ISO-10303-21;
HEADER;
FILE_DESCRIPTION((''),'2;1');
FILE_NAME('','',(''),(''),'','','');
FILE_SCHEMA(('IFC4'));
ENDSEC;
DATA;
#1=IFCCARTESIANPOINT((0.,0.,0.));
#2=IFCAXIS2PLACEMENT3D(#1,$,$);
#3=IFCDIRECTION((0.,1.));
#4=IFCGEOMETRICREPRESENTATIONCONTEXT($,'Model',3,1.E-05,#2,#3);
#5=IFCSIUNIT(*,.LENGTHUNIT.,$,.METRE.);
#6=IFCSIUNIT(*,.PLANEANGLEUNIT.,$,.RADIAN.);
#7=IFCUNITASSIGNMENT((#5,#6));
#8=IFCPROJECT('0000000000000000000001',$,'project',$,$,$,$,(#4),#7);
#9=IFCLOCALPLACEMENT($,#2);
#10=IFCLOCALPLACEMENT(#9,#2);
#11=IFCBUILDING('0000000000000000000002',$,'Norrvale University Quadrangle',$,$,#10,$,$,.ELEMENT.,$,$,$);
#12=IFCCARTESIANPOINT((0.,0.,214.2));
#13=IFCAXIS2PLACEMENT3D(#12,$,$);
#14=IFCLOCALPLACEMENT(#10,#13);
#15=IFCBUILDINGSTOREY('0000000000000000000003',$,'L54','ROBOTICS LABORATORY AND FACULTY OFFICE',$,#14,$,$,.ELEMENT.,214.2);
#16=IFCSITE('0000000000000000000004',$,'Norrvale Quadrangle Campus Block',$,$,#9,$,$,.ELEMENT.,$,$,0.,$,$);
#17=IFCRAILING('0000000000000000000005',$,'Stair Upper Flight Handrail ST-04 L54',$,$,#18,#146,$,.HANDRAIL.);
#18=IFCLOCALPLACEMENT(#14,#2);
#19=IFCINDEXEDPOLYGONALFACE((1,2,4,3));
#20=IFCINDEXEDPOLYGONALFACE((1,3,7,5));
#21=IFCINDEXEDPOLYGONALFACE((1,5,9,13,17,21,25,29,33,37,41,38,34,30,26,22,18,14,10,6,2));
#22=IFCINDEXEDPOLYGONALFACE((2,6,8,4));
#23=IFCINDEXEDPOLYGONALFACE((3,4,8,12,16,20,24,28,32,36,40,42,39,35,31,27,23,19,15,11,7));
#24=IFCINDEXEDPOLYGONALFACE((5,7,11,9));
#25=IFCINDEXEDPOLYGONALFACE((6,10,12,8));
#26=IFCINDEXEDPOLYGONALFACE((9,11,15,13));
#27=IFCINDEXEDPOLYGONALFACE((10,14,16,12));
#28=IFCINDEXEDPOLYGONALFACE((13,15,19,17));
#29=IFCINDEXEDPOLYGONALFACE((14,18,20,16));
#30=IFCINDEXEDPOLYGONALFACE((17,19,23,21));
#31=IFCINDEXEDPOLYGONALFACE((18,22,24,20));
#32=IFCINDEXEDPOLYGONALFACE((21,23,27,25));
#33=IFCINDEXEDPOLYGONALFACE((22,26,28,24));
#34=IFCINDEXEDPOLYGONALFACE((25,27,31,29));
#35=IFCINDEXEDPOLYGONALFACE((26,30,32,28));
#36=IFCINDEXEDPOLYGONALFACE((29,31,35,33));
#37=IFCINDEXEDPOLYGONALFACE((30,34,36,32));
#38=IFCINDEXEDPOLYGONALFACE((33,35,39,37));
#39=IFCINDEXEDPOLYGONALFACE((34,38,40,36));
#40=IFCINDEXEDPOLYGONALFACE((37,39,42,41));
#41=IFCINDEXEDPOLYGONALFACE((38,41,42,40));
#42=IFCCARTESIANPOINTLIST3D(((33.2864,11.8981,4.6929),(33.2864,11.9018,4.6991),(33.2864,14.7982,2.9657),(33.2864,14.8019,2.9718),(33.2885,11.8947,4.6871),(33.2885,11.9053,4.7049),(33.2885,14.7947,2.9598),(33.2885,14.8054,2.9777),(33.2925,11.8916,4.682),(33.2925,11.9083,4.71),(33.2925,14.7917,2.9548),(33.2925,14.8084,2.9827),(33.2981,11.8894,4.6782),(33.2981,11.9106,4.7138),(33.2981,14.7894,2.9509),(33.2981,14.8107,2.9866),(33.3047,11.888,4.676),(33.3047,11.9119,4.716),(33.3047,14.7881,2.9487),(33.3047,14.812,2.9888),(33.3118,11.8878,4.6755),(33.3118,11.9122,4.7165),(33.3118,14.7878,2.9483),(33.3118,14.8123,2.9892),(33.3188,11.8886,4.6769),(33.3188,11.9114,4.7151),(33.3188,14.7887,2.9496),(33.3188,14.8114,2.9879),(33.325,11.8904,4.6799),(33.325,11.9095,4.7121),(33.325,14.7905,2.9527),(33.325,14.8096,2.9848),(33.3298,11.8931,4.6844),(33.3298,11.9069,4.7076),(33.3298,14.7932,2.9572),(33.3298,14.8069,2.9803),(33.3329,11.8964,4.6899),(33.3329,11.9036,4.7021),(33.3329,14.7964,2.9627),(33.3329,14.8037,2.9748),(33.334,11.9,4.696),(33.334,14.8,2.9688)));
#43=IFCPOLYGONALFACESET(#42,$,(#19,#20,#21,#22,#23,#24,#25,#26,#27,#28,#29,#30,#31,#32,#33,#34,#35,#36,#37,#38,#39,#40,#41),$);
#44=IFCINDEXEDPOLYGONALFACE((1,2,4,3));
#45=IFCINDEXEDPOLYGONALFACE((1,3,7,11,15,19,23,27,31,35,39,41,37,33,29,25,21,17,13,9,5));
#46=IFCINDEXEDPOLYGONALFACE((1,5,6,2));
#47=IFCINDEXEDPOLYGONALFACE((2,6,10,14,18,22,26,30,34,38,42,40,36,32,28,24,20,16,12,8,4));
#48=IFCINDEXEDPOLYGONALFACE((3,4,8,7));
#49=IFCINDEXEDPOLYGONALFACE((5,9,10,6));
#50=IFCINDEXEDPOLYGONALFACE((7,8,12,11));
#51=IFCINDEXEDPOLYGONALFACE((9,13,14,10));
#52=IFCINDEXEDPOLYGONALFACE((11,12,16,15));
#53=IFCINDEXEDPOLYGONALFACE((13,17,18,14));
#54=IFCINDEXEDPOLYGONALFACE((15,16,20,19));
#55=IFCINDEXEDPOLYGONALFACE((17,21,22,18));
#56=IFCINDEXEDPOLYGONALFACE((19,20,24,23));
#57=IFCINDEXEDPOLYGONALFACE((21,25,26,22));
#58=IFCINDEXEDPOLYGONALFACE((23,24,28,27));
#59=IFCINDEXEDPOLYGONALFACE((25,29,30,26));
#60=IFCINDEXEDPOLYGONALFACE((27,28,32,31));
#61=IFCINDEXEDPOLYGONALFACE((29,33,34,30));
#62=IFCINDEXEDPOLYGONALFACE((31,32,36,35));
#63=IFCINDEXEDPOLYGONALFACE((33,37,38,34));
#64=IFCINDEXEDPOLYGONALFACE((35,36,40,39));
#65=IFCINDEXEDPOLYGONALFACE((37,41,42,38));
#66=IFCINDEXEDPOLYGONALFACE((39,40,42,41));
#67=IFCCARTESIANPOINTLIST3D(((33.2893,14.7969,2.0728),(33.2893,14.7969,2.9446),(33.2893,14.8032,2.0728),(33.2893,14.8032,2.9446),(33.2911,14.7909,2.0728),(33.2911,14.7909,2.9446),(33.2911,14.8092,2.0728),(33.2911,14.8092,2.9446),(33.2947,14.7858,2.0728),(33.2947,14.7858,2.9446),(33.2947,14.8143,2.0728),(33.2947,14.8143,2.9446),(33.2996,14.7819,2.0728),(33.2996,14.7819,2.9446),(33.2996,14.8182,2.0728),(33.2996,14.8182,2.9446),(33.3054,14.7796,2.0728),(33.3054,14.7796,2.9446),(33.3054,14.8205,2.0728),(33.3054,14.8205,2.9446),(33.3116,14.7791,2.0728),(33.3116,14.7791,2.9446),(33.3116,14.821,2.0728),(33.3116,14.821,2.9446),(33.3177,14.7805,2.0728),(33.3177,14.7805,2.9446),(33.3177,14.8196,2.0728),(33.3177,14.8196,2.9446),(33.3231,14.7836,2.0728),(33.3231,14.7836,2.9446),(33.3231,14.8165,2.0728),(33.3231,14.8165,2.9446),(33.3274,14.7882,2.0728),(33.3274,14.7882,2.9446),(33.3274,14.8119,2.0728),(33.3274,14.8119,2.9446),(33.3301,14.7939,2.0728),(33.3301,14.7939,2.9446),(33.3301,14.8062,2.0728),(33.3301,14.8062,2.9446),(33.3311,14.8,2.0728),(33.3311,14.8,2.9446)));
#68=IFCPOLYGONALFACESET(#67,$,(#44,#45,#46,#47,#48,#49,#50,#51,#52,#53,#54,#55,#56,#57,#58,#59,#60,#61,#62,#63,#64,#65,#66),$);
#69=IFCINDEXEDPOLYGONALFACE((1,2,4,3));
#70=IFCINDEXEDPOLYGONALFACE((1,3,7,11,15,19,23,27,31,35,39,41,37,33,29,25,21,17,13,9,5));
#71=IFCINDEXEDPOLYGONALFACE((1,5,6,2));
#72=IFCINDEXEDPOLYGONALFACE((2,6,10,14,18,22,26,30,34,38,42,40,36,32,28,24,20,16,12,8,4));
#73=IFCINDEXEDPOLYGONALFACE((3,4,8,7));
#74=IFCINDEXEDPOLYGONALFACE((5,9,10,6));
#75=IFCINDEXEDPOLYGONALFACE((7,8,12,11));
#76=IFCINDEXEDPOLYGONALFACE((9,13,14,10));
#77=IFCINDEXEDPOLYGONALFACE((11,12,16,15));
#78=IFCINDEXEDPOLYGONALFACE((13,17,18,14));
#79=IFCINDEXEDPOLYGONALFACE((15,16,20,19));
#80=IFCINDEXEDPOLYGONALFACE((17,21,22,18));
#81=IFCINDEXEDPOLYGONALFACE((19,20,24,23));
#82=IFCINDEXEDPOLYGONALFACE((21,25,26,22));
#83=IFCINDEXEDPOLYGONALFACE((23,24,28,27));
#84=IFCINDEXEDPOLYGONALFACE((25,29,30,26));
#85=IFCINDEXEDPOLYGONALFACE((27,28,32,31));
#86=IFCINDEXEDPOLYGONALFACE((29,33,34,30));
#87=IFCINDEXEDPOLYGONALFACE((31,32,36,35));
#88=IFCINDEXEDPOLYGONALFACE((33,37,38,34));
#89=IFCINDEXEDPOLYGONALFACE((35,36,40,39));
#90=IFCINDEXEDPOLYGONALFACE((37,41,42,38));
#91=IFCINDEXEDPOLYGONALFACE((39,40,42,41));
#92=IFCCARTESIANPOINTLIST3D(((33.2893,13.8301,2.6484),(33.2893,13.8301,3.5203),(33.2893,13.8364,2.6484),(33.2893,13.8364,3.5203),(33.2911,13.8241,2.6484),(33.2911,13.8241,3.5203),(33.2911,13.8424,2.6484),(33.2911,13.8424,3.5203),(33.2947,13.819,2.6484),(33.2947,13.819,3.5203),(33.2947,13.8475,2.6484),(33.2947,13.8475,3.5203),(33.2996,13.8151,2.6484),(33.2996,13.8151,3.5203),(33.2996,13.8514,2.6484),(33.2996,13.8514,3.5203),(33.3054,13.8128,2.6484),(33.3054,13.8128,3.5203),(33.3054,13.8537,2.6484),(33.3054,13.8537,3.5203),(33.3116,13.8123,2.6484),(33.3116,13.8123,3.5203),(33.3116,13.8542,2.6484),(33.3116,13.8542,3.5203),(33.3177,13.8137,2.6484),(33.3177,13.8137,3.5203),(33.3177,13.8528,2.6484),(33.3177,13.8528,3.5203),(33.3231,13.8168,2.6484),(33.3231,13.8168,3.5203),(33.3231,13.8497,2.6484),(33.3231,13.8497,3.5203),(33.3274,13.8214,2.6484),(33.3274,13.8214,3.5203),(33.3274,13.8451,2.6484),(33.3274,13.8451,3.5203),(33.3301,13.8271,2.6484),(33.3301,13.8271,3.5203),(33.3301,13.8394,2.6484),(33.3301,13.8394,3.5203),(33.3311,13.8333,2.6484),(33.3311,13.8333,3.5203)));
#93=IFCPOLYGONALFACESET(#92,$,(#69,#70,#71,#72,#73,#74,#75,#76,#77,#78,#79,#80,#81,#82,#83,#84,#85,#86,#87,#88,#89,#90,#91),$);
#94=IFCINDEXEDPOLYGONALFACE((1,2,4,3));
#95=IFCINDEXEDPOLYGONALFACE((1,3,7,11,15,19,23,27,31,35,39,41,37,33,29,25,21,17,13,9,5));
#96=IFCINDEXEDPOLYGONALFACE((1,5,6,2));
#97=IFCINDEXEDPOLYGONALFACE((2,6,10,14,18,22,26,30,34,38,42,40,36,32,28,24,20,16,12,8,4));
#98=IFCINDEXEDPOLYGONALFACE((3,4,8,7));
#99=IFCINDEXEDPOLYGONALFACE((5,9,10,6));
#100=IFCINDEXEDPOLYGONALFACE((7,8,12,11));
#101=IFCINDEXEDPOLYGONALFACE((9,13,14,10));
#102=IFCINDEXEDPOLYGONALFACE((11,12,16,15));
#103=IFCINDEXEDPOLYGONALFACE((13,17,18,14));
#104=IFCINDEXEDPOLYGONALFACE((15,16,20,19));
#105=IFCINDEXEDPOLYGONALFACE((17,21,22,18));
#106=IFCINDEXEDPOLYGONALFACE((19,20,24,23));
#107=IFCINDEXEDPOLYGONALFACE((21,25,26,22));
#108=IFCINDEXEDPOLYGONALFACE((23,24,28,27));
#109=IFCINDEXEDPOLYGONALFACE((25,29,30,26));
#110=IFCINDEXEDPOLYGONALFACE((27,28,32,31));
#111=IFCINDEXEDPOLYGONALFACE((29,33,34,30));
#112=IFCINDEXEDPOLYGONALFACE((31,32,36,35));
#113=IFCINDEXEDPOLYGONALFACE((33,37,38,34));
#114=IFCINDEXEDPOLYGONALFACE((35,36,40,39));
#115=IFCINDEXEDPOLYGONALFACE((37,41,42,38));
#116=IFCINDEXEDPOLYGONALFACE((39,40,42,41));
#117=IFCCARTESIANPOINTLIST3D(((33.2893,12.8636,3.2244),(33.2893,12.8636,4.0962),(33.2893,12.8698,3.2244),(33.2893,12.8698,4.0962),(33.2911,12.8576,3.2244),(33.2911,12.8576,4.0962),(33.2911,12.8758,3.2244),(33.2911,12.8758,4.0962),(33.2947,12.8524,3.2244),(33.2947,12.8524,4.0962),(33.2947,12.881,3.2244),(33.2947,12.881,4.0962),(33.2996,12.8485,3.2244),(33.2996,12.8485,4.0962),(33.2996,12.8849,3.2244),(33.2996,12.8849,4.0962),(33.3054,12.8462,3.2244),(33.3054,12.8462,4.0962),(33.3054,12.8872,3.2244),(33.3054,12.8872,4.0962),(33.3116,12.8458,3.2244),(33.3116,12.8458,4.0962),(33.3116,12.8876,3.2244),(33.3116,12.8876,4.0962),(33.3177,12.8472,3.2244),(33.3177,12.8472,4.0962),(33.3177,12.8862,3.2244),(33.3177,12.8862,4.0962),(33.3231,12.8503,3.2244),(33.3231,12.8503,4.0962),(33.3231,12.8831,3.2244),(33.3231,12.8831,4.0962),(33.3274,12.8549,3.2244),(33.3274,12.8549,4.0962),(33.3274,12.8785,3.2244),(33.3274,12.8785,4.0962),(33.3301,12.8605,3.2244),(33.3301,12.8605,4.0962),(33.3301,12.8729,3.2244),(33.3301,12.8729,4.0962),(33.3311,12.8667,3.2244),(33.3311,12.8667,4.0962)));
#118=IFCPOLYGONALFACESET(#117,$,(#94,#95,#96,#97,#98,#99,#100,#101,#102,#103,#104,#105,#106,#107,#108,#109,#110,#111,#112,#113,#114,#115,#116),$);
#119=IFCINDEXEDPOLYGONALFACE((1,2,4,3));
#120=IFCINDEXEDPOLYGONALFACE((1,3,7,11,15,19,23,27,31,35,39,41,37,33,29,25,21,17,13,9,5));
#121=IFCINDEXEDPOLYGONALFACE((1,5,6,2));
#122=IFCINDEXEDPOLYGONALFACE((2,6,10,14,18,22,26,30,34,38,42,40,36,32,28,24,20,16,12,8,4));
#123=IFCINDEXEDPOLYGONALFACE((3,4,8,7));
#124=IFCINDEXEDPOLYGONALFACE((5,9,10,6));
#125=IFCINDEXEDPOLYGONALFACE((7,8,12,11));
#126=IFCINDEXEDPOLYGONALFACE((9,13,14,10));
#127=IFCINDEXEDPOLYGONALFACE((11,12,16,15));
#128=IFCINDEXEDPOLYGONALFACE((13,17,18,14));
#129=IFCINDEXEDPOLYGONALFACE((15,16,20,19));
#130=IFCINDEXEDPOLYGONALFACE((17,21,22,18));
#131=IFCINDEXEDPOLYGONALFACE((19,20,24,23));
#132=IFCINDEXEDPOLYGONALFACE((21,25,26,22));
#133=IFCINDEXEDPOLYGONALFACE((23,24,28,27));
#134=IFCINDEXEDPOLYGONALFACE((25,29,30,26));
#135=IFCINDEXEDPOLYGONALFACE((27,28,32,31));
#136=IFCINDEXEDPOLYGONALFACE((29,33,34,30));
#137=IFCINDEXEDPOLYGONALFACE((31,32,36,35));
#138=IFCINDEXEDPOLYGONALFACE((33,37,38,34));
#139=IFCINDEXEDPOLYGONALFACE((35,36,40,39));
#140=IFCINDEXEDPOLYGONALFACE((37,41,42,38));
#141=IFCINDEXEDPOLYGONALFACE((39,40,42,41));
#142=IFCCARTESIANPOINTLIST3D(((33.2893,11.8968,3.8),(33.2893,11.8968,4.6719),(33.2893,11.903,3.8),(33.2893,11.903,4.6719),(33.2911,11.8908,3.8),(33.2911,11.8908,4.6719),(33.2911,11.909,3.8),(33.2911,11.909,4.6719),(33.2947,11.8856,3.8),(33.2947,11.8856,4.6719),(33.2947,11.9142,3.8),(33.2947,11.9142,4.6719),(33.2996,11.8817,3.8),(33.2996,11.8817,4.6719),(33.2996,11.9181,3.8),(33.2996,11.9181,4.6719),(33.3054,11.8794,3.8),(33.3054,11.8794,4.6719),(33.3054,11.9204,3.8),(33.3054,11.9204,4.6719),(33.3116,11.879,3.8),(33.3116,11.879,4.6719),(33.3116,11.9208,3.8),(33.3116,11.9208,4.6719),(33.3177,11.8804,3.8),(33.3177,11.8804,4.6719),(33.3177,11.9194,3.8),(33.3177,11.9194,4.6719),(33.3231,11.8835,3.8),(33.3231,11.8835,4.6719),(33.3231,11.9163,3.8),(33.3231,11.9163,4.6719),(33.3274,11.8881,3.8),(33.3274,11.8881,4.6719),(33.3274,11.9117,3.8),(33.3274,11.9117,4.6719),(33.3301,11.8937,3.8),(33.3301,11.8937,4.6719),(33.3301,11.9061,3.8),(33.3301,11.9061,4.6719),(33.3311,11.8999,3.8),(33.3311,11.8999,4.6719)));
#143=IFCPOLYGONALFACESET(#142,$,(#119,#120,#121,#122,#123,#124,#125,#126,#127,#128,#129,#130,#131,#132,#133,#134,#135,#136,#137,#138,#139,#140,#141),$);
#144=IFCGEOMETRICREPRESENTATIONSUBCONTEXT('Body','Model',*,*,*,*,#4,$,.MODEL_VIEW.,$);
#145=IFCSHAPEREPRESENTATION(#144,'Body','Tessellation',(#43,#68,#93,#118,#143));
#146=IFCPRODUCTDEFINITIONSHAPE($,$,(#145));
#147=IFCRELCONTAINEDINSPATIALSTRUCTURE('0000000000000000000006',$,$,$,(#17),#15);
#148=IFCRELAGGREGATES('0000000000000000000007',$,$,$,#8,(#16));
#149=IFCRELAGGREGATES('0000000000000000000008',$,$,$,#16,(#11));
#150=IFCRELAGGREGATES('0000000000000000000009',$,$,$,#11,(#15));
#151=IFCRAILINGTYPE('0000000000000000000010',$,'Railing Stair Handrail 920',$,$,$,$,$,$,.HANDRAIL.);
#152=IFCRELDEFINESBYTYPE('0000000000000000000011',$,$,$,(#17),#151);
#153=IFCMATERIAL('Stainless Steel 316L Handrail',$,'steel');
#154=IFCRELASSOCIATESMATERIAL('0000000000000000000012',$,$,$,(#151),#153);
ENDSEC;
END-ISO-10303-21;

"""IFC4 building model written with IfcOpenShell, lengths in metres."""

from ifc_helpers import new_model, si_unit, direction, frame, origin, origin_2d, place, context, subcontext, project, spatial, circle, extrude, material, type_object, element, save


model = new_model("IFC4")

# Units and contexts
model_context = context("Model", 3, precision=1e-05, world=origin(), true_north=direction((0.0, 1.0)))
body_context = subcontext(model_context, "Body", "Model", "MODEL_VIEW")
ifc_project = project(units=[si_unit("LENGTHUNIT", "METRE"), si_unit("PLANEANGLEUNIT", "RADIAN")], contexts=[model_context])

# Site, building, storey
site_placement = place(None, origin())
site = spatial("IfcSite", under=ifc_project, at=site_placement, Name="Norrvale Quadrangle Campus Block", CompositionType="ELEMENT", RefElevation=0.0)
building_placement = place(site_placement, origin())
building = spatial("IfcBuilding", under=site, at=building_placement, Name="Norrvale University Quadrangle", CompositionType="ELEMENT")
storey_placement = place(building_placement, frame((0.0, 0.0, 214.2)))
storey = spatial("IfcBuildingStorey", under=building, at=storey_placement, Name="L54", Description="ROBOTICS LABORATORY AND FACULTY OFFICE", CompositionType="ELEMENT", Elevation=214.2)

# Railing
ifc_material_1 = material(Name="Stainless Steel 316L Handrail", Category="steel")
railing_type_1 = type_object("IfcRailingType", Name="Railing Stair Handrail 920", PredefinedType="HANDRAIL", material=ifc_material_1)
railing_1_placement = place(storey_placement, frame((33.3101, 14.8, 2.0728)))
element("IfcRailing", 1, at=railing_1_placement, inside=storey, type_object=railing_type_1, Name="Stair Upper Flight Handrail ST-04 L54", PredefinedType="HANDRAIL", context=body_context, shape_type="SweptSolid", body=[
    extrude(circle(Radius=0.0239, at=origin_2d()), frame((0.0, 0.0, 0.896), z_axis=(0.0, -0.85916, 0.511706), x_axis=(1.0, 0.0, 0.0)), (0.0, 0.0, 1.0), 3.3755),
    extrude(circle(Radius=0.021, at=origin_2d()), origin(), (0.0, 0.0, 1.0), 0.8718),
    extrude(circle(Radius=0.021, at=origin_2d()), frame((0.0, -0.9668, 0.5757)), (0.0, 0.0, 1.0), 0.8718),
    extrude(circle(Radius=0.021, at=origin_2d()), frame((0.0, -1.9333, 1.1516)), (0.0, 0.0, 1.0), 0.8718),
    extrude(circle(Radius=0.021, at=origin_2d()), frame((0.0, -2.9001, 1.7273)), (0.0, 0.0, 1.0), 0.8718),
])

save(model, "model.ifc")
